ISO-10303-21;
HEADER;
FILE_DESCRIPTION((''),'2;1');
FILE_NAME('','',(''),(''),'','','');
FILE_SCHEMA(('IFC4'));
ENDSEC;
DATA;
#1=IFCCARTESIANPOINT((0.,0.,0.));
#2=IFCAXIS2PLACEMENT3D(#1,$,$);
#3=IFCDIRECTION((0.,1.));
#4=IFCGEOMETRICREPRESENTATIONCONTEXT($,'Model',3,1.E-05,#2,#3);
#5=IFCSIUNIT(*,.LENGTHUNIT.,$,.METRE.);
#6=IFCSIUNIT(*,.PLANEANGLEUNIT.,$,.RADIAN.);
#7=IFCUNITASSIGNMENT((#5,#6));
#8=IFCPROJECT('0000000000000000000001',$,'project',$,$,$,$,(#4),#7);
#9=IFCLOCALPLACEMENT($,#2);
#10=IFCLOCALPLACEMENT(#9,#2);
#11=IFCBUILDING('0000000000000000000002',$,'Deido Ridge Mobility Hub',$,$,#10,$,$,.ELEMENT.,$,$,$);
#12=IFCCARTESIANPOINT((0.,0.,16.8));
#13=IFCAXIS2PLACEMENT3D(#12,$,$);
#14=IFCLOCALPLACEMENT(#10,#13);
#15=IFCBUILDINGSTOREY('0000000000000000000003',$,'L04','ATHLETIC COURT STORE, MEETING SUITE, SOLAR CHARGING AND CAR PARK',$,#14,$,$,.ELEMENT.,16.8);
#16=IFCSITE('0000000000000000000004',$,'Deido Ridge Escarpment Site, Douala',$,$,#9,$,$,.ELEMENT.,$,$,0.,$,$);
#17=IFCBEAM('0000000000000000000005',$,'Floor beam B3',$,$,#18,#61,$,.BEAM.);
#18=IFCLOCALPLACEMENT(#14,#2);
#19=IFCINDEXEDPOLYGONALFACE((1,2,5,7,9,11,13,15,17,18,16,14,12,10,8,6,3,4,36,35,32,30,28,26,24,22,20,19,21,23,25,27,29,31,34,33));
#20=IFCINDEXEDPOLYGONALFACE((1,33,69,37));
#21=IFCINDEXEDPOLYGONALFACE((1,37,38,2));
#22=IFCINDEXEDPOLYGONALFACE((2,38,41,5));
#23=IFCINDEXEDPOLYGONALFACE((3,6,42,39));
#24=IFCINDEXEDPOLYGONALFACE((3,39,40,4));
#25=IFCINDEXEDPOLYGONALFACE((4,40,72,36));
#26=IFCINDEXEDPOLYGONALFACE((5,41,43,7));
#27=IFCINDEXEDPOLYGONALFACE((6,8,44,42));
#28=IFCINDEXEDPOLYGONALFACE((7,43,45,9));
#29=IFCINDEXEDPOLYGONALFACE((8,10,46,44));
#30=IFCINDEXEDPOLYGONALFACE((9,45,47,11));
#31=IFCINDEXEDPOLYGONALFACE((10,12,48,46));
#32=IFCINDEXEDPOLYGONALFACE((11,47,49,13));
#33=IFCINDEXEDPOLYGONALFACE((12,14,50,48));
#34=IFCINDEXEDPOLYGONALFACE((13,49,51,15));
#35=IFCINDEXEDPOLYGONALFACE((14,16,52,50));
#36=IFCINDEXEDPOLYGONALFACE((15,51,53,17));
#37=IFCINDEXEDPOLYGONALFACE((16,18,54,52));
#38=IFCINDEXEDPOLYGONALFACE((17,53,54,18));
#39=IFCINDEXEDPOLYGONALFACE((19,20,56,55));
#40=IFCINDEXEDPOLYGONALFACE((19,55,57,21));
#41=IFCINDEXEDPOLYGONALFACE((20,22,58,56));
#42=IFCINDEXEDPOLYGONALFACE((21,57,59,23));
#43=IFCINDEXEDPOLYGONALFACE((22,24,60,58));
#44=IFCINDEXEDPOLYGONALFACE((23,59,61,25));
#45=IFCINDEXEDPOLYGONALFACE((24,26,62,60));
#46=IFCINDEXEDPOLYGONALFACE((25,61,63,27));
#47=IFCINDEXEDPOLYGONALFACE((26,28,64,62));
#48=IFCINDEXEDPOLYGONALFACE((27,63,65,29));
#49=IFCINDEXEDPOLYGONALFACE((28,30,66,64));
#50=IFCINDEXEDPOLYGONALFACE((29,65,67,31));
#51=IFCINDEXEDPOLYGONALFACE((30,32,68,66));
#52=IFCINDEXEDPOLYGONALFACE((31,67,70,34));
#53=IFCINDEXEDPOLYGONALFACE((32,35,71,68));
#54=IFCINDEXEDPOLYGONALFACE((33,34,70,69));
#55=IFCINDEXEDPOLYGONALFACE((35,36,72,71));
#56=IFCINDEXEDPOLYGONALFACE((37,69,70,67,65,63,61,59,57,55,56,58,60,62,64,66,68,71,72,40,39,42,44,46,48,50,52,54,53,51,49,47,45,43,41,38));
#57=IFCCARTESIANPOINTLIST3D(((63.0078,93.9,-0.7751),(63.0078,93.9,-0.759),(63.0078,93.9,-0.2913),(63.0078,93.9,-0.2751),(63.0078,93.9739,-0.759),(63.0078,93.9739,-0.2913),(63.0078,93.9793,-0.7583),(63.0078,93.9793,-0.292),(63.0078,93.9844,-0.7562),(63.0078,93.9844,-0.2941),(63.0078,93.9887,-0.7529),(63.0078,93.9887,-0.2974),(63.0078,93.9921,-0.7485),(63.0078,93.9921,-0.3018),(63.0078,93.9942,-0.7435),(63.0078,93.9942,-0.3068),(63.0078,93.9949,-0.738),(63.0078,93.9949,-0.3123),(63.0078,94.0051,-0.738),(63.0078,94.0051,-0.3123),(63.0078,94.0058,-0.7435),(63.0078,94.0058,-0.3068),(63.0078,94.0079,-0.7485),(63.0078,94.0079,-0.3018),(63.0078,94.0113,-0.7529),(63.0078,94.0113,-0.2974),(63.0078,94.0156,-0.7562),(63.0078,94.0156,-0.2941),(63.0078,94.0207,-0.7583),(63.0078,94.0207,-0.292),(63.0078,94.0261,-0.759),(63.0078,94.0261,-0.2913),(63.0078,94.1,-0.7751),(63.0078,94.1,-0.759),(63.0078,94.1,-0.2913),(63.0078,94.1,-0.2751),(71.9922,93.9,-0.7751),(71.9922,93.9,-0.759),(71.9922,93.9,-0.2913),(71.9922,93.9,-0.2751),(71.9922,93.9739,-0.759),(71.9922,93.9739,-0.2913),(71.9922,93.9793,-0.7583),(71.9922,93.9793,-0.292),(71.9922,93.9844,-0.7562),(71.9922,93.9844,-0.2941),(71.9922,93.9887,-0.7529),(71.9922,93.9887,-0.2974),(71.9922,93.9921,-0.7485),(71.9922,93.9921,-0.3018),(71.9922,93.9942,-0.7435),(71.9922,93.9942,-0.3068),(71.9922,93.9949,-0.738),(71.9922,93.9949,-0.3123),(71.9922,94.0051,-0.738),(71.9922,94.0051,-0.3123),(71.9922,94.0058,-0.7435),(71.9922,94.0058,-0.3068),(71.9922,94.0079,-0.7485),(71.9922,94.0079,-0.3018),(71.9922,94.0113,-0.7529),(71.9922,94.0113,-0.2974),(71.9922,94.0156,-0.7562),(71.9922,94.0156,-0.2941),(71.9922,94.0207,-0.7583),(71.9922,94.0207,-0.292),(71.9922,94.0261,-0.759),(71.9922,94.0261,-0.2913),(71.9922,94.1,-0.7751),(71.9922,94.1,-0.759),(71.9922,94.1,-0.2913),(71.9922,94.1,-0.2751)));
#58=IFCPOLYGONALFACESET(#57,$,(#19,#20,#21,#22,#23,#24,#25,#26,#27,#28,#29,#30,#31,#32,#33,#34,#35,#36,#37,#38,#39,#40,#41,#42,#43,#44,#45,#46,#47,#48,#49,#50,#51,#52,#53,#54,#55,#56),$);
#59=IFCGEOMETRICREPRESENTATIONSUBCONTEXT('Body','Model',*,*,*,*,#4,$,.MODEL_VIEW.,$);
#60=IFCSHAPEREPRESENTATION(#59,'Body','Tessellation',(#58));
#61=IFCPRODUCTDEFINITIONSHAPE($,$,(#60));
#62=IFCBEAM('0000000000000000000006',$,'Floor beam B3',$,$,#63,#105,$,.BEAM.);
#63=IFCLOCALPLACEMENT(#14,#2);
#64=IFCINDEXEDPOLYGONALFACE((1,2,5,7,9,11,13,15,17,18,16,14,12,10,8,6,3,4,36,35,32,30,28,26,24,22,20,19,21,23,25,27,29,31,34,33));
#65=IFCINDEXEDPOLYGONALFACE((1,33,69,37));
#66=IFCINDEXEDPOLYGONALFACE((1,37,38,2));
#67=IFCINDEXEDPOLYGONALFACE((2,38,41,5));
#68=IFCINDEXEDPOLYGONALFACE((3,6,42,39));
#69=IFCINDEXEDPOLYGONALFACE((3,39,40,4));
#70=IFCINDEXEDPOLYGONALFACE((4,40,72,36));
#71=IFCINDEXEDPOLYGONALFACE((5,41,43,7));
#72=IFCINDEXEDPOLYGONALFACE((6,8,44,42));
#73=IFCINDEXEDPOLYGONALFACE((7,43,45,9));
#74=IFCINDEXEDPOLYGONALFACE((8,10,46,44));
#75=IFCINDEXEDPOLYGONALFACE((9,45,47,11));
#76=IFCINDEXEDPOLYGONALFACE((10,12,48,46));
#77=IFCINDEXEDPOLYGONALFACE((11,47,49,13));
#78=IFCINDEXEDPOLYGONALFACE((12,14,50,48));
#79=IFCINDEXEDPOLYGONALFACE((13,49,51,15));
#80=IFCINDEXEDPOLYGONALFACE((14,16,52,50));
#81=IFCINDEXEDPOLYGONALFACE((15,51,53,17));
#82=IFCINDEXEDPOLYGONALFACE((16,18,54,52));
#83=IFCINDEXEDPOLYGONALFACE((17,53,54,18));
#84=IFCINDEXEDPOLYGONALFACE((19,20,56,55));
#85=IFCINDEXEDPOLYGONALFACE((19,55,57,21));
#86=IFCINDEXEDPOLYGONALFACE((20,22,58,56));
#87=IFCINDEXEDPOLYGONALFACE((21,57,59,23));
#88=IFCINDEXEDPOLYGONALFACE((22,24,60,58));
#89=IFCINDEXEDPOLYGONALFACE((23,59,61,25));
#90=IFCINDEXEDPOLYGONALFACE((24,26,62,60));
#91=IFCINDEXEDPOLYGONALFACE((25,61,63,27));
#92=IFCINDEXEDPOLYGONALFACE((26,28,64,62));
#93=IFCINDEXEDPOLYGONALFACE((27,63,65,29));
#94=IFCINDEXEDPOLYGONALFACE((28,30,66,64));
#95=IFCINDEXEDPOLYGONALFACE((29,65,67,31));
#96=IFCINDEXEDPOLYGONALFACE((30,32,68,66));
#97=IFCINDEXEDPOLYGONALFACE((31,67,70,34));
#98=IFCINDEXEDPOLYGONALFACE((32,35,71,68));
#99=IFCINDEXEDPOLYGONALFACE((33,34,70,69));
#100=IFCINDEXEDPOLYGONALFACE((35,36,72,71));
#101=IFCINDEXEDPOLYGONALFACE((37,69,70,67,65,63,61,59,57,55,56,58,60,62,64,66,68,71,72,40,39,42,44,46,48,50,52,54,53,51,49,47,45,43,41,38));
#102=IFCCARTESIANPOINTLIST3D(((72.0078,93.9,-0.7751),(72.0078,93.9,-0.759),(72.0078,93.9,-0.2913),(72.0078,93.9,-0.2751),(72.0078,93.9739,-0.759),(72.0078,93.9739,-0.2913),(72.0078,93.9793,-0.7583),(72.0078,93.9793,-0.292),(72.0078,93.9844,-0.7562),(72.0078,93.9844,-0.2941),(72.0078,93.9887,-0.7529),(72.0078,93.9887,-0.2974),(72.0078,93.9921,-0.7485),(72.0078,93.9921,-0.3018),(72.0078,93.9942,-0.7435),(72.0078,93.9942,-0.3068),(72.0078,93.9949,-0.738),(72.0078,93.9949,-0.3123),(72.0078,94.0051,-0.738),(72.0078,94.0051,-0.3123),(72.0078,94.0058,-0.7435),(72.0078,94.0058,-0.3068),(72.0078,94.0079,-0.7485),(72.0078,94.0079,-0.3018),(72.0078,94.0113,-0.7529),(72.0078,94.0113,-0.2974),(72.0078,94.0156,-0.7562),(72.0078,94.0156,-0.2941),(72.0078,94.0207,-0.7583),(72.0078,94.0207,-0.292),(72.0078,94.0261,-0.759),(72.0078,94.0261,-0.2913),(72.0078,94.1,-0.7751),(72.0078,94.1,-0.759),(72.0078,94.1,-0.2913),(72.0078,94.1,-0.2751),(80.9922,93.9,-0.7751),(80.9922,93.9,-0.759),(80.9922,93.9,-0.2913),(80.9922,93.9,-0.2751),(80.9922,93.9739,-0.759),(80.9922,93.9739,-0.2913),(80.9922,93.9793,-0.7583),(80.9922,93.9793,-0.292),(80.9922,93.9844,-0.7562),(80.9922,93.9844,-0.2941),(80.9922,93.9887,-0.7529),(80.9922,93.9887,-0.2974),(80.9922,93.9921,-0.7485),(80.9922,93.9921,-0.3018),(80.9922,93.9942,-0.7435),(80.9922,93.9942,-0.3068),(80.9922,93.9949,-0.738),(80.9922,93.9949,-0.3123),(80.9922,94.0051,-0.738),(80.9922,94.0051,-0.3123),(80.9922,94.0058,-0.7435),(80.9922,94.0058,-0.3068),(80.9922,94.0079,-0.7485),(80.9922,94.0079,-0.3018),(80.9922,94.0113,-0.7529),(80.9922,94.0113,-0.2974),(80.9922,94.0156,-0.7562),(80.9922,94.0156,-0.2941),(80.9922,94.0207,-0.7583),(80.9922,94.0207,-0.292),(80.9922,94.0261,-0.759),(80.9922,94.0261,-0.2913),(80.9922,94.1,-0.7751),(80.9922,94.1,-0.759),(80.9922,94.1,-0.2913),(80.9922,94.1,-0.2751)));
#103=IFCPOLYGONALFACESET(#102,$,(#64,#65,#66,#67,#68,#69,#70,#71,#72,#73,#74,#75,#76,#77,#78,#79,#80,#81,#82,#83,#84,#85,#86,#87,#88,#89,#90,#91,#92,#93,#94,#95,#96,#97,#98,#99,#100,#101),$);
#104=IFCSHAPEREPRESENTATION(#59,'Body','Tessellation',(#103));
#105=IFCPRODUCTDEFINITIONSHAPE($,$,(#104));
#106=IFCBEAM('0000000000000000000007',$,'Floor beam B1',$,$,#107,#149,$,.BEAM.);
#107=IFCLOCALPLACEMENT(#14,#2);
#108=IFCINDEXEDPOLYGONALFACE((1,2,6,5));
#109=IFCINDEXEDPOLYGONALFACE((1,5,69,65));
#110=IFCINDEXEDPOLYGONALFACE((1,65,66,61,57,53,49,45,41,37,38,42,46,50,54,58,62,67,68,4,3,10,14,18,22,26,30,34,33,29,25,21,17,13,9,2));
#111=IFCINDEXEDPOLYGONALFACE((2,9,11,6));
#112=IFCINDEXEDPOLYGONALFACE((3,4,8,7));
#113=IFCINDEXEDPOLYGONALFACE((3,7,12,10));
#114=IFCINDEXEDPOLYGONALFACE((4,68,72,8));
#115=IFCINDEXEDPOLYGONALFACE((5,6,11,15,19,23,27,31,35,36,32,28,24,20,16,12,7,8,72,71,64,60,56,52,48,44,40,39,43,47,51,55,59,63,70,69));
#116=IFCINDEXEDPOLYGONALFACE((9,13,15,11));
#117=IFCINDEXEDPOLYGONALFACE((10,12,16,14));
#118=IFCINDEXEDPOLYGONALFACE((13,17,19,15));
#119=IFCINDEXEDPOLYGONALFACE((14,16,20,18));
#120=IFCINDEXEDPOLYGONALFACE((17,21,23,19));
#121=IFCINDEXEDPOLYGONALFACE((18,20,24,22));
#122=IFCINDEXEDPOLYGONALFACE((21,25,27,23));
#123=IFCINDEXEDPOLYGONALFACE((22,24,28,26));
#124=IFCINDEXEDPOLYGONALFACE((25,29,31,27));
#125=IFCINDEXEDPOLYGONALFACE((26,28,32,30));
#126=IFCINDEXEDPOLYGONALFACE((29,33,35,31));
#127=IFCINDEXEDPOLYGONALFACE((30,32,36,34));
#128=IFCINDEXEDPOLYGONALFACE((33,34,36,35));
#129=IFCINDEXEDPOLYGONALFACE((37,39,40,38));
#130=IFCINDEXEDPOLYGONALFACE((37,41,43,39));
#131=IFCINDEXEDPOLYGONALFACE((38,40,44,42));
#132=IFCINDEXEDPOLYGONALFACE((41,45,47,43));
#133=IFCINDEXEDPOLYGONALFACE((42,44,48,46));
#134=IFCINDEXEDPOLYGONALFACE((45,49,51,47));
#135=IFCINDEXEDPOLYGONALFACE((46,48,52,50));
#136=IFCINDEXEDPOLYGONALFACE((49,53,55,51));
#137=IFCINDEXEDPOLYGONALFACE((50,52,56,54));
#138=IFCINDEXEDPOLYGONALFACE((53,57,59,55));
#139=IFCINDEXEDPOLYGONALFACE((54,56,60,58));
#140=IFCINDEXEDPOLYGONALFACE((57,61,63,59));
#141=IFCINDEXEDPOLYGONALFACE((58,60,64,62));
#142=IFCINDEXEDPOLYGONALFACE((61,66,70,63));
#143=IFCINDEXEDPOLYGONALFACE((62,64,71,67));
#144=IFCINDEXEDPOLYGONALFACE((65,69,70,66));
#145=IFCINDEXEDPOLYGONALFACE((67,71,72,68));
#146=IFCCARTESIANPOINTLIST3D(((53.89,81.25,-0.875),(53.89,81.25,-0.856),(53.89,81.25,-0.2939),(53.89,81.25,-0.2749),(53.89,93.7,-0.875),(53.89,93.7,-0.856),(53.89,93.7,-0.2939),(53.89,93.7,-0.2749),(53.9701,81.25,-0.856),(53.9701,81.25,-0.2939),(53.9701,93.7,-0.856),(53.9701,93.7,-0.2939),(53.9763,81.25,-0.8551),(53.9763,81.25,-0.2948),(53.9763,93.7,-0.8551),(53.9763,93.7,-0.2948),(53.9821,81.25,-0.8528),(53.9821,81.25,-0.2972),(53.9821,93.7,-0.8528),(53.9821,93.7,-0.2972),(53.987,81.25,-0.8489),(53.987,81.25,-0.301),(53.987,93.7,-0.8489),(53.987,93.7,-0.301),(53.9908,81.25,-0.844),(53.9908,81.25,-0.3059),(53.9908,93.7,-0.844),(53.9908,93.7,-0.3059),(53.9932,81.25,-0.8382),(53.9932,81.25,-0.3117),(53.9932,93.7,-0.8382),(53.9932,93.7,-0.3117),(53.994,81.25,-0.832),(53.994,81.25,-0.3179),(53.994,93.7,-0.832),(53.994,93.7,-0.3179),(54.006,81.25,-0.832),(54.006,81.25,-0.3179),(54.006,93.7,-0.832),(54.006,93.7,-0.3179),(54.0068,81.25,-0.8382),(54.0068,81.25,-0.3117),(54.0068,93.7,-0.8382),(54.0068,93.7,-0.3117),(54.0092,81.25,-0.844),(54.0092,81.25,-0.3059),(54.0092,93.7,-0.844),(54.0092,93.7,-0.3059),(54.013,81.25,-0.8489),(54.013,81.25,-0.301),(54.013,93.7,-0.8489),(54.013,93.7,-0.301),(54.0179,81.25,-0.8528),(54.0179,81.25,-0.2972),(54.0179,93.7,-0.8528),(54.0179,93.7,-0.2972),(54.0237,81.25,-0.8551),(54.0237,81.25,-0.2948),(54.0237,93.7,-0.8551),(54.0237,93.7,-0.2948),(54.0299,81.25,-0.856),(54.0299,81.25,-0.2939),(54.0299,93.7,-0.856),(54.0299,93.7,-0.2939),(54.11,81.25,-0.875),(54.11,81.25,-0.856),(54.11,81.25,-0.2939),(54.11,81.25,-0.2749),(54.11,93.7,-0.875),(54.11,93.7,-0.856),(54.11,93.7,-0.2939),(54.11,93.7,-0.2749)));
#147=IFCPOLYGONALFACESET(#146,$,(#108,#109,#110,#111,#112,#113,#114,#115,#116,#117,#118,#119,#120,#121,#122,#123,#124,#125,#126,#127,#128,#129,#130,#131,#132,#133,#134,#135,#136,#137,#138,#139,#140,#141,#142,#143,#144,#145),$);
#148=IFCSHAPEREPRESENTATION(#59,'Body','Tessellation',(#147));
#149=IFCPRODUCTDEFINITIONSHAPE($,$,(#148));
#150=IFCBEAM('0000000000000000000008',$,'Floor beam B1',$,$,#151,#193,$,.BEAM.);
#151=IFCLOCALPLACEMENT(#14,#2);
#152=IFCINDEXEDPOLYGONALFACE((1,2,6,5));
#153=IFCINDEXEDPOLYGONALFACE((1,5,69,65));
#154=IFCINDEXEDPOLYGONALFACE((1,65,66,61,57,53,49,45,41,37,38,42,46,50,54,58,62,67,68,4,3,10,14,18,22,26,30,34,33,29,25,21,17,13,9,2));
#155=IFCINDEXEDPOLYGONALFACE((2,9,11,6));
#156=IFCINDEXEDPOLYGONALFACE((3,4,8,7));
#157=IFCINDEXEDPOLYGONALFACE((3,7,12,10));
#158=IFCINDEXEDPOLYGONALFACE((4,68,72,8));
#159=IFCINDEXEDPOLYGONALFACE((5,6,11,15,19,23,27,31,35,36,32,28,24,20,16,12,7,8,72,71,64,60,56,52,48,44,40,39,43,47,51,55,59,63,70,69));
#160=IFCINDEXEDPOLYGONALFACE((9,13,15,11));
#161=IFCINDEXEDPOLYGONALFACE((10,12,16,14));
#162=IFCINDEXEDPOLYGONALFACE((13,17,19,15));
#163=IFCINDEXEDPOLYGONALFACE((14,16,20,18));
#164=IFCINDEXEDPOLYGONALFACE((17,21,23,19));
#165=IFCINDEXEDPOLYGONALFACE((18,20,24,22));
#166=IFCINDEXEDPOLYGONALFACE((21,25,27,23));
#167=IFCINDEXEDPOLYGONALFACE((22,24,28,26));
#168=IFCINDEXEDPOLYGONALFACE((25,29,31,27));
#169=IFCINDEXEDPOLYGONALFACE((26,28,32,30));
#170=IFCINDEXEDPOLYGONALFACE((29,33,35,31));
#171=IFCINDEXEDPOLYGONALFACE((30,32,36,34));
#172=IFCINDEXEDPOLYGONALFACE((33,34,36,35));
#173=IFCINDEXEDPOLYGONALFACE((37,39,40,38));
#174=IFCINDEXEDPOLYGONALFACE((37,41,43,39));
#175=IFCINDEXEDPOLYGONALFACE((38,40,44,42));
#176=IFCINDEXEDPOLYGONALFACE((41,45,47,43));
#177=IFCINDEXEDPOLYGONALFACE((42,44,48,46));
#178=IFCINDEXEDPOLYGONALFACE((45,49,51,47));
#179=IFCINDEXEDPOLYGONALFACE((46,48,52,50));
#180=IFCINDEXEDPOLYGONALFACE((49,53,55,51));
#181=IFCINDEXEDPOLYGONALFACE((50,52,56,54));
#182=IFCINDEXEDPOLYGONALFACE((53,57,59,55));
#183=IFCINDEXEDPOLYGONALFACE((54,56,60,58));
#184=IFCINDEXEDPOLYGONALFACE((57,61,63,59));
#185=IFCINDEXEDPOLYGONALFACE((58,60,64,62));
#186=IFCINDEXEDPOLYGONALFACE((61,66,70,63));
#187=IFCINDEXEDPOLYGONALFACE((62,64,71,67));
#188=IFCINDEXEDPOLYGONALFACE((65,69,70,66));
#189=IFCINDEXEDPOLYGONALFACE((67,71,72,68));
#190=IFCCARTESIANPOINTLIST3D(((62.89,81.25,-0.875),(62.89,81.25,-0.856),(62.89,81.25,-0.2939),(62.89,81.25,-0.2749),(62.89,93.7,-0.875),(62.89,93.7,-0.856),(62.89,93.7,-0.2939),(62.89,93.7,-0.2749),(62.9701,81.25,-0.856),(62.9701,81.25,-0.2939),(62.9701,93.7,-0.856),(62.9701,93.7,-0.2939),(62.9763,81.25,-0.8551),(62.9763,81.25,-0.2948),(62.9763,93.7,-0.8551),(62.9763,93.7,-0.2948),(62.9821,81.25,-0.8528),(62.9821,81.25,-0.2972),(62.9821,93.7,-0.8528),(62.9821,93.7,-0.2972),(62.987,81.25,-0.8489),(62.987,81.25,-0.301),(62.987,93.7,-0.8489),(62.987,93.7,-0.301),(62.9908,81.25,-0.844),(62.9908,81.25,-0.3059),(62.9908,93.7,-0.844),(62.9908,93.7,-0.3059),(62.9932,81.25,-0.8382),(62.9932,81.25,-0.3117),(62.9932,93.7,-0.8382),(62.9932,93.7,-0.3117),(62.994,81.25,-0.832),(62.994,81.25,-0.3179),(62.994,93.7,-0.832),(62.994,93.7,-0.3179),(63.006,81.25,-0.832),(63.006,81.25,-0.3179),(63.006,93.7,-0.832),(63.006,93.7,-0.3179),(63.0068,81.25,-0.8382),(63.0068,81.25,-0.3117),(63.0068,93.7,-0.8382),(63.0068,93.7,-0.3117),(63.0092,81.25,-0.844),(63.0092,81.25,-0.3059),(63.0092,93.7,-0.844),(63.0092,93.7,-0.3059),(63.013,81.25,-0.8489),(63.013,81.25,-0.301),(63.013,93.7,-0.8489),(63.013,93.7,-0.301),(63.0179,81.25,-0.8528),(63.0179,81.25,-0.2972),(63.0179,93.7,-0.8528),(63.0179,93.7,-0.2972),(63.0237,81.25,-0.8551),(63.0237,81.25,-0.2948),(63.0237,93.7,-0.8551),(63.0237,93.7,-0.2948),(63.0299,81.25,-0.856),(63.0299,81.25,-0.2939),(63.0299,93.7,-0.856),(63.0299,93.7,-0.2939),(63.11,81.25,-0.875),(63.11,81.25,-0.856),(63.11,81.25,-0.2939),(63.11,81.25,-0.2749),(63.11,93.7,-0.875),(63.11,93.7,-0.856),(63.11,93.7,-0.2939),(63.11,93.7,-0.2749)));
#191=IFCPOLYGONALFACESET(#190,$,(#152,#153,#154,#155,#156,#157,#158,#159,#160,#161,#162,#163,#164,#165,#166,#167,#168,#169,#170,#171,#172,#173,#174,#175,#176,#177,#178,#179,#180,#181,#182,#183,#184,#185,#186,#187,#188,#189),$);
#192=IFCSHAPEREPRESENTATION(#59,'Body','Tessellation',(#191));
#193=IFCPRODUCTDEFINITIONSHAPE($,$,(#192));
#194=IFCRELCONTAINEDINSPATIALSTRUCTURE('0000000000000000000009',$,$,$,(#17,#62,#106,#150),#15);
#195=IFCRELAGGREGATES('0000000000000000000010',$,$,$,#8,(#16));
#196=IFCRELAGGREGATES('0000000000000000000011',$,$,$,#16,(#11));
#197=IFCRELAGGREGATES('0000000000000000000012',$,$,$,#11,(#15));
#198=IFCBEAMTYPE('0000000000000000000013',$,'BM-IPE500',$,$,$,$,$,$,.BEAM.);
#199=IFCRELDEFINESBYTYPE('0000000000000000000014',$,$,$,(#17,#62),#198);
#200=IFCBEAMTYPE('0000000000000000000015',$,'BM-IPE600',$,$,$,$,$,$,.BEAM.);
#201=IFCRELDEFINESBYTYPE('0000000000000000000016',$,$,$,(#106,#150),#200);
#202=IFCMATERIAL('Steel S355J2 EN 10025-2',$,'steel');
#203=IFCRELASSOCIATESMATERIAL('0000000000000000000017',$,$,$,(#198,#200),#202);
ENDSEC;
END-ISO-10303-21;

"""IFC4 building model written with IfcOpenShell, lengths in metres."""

from ifc_helpers import new_model, si_unit, direction, frame, origin, origin_2d, place, context, subcontext, project, spatial, i_section, extrude, material, material_profile, profile_set, type_object, element, save


model = new_model("IFC4")

# Units and contexts
model_context = context("Model", 3, precision=1e-05, world=origin(), true_north=direction((0.0, 1.0)))
body_context = subcontext(model_context, "Body", "Model", "MODEL_VIEW")
ifc_project = project(units=[si_unit("LENGTHUNIT", "METRE"), si_unit("PLANEANGLEUNIT", "RADIAN")], contexts=[model_context])

# Site, building, storey
site_placement = place(None, origin())
site = spatial("IfcSite", under=ifc_project, at=site_placement, Name="Deido Ridge Escarpment Site, Douala", CompositionType="ELEMENT", RefElevation=0.0)
building_placement = place(site_placement, origin())
building = spatial("IfcBuilding", under=site, at=building_placement, Name="Deido Ridge Mobility Hub", CompositionType="ELEMENT")
storey_placement = place(building_placement, frame((0.0, 0.0, 16.8)))
storey = spatial("IfcBuildingStorey", under=building, at=storey_placement, Name="L04", Description="ATHLETIC COURT STORE, MEETING SUITE, SOLAR CHARGING AND CAR PARK", CompositionType="ELEMENT", Elevation=16.8)

# Shared definitions
ifc_material_1 = material(Name="Steel S355J2 EN 10025-2", Category="steel")

# Beams
ifc_material_profile_1 = material_profile(ifc_material_1, i_section(OverallWidth=0.2, OverallDepth=0.5, WebThickness=0.0103, FlangeThickness=0.0161, FilletRadius=0.021, at=origin_2d()), Name="IPE 500")
ifc_profile_set_1 = profile_set([ifc_material_profile_1], Name="Steel S355J2 EN 10025-2")
beam_type_1 = type_object("IfcBeamType", Name="BM-IPE500", PredefinedType="BEAM", material=ifc_profile_set_1)
for number, where, z_axis, x_axis, name in (
    (1, (63.0078, 94.0, -0.5251), (1.0, 0.0, 0.0), (0.0, 1.0, 0.0), "Floor beam B3"),
    (2, (72.0078, 94.0, -0.5251), (1.0, 0.0, 0.0), (0.0, 1.0, 0.0), "Floor beam B3"),
):
    element("IfcBeam", number, at=place(storey_placement, frame(where, z_axis=z_axis, x_axis=x_axis)), inside=storey, type_object=beam_type_1, Name=name, PredefinedType="BEAM", context=body_context, shape_type="SweptSolid", body=[
        extrude(i_section(OverallWidth=0.2, OverallDepth=0.5, WebThickness=0.0103, FlangeThickness=0.0161, FilletRadius=0.021, at=origin_2d()), origin(), (0.0, 0.0, 1.0), 8.9844),
    ])
ifc_material_profile_2 = material_profile(ifc_material_1, i_section(OverallWidth=0.22, OverallDepth=0.6001, WebThickness=0.012, FlangeThickness=0.019, FilletRadius=0.0239, at=origin_2d()), Name="IPE 600")
ifc_profile_set_2 = profile_set([ifc_material_profile_2], Name="Steel S355J2 EN 10025-2")
beam_type_2 = type_object("IfcBeamType", Name="BM-IPE600", PredefinedType="BEAM", material=ifc_profile_set_2)
for number, where, z_axis, x_axis, name in (
    (3, (54.0, 81.25, -0.575), (0.0, 1.0, 0.0), (-1.0, 0.0, 0.0), "Floor beam B1"),
    (4, (63.0, 81.25, -0.575), (0.0, 1.0, 0.0), (-1.0, 0.0, 0.0), "Floor beam B1"),
):
    element("IfcBeam", number, at=place(storey_placement, frame(where, z_axis=z_axis, x_axis=x_axis)), inside=storey, type_object=beam_type_2, Name=name, PredefinedType="BEAM", context=body_context, shape_type="SweptSolid", body=[
        extrude(i_section(OverallWidth=0.22, OverallDepth=0.6001, WebThickness=0.012, FlangeThickness=0.019, FilletRadius=0.0239, at=origin_2d()), origin(), (0.0, 0.0, 1.0), 12.45),
    ])

save(model, "model.ifc")
